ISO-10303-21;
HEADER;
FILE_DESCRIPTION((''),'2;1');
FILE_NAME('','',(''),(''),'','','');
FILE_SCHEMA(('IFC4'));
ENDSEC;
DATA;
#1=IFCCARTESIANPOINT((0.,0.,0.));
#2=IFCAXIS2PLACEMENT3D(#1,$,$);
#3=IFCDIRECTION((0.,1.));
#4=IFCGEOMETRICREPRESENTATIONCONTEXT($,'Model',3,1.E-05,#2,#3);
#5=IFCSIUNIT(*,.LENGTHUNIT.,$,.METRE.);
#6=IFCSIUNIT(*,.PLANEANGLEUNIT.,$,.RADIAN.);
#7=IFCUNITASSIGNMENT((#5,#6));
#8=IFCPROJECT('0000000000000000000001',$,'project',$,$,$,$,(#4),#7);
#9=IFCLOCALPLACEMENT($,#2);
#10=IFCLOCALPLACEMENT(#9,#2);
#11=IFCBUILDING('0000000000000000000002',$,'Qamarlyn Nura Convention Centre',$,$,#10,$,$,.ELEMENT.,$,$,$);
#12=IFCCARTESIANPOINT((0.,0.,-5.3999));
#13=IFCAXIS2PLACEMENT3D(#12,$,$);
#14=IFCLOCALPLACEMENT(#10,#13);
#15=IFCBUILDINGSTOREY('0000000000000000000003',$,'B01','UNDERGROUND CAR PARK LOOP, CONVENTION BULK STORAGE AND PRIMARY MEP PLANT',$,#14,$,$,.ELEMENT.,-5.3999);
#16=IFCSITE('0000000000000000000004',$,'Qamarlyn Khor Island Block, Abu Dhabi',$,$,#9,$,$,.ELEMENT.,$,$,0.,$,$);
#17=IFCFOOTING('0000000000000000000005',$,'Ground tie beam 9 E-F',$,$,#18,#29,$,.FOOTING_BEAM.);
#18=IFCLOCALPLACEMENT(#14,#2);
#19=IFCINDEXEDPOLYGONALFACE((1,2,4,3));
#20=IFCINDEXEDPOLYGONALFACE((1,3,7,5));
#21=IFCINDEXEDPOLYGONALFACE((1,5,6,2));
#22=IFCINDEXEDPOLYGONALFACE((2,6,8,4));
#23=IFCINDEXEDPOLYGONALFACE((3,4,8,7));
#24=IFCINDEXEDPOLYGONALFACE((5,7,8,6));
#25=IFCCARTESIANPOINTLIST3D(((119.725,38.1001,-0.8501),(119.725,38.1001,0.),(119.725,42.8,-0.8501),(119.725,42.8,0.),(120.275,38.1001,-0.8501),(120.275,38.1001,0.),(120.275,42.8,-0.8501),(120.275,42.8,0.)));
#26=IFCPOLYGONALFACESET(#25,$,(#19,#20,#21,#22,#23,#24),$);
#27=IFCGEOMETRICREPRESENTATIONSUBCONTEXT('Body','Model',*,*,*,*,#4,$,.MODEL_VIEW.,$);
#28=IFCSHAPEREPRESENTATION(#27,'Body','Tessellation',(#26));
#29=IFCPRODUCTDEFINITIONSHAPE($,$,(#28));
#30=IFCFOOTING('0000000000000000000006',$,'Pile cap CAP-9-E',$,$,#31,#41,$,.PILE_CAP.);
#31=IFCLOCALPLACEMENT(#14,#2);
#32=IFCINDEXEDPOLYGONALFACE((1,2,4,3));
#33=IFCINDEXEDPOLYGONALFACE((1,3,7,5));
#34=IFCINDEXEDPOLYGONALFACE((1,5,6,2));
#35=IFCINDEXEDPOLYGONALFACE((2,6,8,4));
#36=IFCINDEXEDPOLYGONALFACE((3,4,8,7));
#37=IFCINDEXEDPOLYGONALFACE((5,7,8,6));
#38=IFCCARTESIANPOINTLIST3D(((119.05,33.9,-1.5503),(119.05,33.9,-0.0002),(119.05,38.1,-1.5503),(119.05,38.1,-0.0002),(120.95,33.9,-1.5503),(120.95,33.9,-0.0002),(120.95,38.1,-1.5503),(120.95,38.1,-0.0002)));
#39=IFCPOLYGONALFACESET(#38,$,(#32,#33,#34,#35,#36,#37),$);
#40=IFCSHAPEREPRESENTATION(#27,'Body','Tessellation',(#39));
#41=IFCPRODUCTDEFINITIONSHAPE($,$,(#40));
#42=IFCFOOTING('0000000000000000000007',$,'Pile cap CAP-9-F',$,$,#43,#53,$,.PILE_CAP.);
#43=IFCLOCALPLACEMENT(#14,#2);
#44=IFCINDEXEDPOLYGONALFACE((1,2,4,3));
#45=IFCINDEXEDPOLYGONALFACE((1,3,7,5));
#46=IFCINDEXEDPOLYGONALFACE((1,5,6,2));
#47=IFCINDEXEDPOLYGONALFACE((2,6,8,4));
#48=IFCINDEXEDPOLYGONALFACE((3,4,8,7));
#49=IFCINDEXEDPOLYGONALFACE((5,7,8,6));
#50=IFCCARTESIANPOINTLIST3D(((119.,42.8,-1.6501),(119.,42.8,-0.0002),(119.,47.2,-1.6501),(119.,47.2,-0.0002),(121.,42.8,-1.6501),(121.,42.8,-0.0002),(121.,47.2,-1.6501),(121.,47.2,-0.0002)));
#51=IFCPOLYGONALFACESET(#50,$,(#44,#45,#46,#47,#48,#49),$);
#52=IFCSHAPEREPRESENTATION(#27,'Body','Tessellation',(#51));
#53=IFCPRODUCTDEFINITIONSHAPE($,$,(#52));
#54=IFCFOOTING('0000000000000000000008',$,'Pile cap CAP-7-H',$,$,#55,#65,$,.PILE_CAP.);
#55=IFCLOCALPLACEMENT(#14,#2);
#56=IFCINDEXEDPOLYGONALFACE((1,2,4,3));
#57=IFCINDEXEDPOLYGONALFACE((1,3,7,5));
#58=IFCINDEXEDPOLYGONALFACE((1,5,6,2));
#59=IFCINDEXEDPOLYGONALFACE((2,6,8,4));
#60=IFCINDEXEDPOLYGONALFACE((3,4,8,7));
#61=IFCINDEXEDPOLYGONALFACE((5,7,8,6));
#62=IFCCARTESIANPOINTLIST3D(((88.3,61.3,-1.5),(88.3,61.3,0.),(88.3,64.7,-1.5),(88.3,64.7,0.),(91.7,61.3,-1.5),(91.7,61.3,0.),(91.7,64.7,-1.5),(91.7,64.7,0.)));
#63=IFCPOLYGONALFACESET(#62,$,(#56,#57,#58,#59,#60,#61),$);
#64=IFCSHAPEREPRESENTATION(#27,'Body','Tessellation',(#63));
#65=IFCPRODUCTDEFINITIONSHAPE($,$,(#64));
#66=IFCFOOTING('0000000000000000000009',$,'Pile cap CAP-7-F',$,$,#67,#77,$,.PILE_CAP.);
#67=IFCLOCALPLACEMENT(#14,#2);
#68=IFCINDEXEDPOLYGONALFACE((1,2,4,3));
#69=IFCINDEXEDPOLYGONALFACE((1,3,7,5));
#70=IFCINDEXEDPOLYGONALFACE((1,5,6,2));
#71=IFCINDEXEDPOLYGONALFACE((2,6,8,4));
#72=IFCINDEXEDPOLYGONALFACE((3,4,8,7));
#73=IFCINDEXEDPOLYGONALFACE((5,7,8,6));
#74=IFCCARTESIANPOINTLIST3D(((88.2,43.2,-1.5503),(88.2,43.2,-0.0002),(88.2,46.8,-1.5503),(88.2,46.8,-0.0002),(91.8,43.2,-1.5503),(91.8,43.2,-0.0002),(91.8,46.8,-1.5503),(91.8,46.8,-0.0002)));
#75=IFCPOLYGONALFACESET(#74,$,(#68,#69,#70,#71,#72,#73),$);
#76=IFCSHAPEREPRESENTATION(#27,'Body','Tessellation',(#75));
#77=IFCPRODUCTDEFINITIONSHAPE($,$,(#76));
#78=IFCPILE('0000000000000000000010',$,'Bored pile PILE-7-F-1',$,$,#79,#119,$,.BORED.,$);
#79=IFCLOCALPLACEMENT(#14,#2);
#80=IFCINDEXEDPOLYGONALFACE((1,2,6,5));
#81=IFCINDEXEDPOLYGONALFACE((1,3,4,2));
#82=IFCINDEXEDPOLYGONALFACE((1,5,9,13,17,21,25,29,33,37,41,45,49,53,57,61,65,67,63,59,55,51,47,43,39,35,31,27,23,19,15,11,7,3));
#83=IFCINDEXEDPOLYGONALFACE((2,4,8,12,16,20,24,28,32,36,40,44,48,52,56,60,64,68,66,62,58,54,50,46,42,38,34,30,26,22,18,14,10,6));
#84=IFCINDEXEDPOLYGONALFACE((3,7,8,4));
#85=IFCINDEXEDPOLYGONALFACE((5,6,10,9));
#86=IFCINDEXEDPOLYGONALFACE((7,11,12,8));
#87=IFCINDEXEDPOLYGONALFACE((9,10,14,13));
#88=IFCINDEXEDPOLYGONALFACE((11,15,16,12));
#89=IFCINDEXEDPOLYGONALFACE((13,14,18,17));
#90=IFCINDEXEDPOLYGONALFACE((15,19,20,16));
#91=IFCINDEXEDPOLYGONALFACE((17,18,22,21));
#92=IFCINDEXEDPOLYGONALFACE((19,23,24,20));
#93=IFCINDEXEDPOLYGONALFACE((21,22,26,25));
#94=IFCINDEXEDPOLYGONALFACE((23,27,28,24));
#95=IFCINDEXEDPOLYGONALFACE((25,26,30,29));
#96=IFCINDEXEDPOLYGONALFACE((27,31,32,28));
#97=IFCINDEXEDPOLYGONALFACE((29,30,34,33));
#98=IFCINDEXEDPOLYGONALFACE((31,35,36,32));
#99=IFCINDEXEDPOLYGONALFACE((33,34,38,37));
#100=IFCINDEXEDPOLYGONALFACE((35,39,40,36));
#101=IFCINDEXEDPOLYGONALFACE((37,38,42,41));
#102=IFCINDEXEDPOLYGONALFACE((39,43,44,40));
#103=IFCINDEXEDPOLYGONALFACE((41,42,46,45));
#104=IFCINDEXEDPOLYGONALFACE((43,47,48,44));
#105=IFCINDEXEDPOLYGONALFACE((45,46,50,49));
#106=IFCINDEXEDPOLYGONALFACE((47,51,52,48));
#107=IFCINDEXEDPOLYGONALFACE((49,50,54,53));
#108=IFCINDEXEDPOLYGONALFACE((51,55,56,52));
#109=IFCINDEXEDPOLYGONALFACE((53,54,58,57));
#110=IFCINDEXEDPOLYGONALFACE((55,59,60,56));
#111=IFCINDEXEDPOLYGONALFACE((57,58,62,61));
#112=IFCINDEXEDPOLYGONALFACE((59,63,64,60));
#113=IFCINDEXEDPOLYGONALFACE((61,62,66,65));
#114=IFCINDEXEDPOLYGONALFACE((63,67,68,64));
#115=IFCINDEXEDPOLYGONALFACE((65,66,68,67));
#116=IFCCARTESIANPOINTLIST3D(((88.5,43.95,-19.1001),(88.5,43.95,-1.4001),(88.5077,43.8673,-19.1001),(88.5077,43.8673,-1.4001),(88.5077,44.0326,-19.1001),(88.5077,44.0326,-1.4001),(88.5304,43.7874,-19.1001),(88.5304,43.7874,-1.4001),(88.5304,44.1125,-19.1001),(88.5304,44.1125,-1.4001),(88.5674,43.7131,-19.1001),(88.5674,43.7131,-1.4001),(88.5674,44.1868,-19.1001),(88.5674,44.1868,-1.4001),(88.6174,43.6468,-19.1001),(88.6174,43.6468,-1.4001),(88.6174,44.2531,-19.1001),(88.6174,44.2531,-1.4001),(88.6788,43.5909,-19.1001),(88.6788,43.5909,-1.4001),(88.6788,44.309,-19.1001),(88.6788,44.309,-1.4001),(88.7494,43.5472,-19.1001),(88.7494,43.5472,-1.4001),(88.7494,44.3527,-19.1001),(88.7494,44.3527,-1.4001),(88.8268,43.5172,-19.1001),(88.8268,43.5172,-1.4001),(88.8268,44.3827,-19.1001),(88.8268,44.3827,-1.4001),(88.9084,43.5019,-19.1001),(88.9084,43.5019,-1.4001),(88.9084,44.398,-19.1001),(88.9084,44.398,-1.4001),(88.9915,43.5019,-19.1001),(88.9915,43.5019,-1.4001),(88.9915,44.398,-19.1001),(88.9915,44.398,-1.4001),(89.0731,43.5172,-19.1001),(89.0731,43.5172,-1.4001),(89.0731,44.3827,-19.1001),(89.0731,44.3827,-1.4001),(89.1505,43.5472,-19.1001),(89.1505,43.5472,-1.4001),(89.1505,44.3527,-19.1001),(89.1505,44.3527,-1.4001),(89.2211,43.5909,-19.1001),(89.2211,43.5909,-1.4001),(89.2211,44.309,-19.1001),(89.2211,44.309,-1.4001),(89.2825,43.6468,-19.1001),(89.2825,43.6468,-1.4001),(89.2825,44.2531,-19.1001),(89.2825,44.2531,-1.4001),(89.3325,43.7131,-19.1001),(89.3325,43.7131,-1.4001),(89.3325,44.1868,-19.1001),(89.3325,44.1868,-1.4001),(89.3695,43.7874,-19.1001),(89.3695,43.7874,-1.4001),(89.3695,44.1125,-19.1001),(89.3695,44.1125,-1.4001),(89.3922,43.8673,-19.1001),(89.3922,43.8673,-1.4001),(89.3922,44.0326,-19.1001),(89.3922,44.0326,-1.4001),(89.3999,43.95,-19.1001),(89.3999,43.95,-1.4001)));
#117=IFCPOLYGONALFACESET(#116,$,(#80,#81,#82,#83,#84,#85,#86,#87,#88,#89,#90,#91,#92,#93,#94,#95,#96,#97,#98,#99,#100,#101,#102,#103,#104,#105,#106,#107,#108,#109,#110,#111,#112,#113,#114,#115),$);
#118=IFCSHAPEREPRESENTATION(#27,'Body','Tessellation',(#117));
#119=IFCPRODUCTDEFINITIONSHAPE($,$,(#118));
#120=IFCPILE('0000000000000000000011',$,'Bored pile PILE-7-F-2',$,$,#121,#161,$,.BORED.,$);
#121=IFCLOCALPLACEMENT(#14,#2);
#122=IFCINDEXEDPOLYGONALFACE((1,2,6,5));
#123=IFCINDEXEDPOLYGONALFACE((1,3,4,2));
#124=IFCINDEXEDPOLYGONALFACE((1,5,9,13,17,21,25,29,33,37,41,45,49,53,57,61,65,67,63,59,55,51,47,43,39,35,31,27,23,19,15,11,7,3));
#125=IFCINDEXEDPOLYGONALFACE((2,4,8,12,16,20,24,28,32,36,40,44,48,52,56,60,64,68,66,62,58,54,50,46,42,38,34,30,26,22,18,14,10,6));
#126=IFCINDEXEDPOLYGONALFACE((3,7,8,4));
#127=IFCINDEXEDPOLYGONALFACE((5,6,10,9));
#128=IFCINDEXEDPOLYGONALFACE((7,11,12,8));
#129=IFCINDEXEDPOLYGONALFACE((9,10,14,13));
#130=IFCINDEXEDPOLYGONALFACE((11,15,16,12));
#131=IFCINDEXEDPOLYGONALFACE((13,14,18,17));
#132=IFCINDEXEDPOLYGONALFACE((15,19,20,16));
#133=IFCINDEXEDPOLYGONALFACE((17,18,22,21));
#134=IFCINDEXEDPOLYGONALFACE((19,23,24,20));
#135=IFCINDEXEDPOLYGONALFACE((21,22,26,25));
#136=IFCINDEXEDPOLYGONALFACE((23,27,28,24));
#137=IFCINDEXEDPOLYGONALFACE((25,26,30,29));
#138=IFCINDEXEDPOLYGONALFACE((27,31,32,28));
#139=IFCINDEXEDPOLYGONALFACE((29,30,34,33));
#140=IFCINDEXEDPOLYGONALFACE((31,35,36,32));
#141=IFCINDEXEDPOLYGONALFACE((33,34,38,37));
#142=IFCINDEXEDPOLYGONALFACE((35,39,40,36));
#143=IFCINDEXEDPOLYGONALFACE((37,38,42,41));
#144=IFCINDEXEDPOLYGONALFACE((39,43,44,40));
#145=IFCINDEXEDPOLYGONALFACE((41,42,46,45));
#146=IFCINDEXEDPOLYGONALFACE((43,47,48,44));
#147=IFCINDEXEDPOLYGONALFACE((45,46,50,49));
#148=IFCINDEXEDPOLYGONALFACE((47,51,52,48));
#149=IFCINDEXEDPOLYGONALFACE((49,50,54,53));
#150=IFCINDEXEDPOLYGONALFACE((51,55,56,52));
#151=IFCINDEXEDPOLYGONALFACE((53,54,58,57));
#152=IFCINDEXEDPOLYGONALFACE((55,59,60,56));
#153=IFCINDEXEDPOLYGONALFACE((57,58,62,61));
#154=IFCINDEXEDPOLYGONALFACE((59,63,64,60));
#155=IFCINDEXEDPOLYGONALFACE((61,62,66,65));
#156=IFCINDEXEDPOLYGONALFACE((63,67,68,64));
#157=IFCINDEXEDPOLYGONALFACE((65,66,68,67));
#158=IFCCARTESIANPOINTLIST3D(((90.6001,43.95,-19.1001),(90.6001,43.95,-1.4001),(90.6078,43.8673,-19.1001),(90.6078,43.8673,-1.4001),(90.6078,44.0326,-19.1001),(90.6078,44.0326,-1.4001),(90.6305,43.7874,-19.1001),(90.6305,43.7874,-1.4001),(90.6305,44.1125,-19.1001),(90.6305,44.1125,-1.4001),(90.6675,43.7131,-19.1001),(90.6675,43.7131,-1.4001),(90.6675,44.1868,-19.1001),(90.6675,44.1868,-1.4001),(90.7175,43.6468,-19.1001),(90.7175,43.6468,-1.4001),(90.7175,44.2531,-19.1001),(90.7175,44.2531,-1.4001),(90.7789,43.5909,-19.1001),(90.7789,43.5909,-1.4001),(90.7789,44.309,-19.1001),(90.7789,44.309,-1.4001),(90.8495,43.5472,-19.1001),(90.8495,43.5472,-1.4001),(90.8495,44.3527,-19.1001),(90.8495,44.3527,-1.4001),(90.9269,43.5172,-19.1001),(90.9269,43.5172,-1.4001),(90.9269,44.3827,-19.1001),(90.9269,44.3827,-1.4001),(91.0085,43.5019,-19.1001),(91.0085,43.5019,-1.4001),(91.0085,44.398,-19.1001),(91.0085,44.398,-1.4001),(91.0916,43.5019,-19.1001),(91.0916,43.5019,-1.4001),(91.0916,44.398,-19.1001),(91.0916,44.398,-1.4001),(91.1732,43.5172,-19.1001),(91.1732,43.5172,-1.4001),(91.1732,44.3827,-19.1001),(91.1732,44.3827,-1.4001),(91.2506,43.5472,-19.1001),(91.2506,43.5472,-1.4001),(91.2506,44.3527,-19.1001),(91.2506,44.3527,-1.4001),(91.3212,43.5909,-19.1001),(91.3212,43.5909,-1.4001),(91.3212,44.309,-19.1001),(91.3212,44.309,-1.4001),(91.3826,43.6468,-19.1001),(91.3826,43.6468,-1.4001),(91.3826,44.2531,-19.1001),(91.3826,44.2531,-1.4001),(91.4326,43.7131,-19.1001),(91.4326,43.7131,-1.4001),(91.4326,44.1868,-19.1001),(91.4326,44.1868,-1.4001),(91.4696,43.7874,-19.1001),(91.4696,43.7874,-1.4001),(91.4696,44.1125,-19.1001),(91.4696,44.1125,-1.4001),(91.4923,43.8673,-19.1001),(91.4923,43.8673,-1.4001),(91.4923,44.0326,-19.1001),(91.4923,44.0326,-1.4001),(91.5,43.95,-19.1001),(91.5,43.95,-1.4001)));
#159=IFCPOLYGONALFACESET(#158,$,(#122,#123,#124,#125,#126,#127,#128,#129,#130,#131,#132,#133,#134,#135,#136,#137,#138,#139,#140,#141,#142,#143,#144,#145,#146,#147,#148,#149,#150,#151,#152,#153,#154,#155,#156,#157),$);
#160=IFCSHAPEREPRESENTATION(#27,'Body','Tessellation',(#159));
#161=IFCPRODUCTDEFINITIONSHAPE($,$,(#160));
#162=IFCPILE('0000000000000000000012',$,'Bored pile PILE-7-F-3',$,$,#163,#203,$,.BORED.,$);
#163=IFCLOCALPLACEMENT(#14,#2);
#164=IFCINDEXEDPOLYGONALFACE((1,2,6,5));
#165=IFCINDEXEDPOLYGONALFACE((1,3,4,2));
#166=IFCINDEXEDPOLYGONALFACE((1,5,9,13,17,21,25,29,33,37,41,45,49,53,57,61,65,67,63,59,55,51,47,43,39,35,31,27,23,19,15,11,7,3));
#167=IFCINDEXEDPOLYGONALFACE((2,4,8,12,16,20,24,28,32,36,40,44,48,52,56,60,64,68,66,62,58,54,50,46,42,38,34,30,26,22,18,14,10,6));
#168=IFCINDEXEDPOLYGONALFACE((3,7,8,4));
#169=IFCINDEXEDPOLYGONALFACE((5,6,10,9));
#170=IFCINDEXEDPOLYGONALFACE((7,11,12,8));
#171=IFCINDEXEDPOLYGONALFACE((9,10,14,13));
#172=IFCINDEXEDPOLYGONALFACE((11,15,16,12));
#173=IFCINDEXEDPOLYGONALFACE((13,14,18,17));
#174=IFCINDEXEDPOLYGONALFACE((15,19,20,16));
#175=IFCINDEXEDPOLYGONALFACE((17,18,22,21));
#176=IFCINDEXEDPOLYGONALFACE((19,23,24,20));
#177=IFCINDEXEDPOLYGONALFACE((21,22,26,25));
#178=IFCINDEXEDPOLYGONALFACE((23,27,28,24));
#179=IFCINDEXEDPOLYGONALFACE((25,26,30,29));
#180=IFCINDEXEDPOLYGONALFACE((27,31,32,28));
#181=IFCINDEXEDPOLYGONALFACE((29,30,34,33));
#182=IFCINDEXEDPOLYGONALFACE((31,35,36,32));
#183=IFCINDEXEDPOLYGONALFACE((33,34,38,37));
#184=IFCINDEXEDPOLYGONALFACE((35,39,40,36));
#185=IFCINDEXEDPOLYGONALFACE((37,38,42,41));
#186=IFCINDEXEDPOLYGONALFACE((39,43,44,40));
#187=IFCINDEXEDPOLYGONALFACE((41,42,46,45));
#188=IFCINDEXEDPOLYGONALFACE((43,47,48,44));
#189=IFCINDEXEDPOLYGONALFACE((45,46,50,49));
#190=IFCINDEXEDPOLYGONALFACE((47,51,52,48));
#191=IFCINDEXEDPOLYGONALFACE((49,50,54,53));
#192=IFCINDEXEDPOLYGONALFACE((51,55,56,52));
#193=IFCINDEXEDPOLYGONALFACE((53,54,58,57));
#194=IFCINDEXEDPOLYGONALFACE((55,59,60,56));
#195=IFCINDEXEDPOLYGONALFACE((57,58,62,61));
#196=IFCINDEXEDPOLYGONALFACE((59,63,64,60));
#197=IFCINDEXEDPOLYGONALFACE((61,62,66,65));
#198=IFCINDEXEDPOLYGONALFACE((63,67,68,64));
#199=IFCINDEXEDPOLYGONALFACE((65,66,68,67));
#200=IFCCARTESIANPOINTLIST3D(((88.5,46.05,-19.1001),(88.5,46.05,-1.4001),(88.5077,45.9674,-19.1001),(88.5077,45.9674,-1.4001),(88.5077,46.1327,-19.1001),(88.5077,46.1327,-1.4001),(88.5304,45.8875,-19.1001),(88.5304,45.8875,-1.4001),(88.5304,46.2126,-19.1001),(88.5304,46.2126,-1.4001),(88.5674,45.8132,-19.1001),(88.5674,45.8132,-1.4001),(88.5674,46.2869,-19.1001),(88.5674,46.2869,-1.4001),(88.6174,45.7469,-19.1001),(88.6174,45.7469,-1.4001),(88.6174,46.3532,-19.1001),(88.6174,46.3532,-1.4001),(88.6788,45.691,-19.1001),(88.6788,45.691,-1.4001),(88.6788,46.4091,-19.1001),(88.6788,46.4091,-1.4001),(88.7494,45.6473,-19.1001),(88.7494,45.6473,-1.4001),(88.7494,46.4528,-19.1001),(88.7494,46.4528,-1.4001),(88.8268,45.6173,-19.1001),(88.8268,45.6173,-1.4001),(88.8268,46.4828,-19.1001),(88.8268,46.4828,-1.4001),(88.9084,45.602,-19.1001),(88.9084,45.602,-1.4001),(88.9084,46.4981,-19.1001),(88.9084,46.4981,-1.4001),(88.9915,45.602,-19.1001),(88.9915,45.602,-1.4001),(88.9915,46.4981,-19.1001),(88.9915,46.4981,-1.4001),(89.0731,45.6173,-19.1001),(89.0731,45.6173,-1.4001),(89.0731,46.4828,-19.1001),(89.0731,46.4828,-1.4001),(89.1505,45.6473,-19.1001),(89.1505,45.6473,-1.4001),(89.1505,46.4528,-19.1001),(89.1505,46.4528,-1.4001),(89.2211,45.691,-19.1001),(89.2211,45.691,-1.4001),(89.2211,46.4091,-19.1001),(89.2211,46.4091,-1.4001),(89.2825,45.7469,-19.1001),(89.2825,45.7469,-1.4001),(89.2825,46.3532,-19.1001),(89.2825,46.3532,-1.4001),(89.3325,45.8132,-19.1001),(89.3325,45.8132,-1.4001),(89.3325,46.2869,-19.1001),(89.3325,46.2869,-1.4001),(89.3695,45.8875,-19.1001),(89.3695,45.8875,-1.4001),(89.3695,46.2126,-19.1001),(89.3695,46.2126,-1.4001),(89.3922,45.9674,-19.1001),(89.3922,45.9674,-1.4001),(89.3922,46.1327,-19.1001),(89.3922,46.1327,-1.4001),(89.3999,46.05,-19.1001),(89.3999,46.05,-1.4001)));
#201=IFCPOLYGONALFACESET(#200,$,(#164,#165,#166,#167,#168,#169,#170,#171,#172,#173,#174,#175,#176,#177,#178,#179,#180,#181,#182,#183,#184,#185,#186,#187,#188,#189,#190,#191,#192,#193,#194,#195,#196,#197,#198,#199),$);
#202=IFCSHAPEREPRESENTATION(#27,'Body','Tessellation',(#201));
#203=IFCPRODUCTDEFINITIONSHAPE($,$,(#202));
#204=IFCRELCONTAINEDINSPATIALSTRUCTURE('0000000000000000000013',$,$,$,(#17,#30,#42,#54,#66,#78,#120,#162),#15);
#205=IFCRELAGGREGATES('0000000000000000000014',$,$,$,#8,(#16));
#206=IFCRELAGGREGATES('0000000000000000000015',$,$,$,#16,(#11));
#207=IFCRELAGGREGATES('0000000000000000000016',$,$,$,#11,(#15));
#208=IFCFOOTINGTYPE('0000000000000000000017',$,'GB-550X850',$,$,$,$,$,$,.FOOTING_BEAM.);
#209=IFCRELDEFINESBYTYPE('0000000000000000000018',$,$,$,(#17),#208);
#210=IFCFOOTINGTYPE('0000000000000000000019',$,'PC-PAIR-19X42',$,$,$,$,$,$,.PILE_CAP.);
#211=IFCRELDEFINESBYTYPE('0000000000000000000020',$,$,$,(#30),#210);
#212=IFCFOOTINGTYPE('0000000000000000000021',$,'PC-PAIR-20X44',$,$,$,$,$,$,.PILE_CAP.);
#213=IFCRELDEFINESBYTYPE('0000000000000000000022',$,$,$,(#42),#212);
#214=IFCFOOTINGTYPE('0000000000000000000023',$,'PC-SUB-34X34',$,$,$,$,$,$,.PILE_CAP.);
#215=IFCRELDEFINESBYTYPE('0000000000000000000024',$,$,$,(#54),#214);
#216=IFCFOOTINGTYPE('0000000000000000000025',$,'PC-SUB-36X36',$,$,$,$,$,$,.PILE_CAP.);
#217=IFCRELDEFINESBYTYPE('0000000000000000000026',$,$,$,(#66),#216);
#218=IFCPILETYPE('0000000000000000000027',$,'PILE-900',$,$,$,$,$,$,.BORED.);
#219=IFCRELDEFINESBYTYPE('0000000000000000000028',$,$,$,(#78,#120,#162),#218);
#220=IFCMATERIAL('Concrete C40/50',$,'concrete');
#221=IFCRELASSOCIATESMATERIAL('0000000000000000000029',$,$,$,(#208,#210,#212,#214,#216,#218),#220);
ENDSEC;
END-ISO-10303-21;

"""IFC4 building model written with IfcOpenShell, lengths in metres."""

from ifc_helpers import new_model, si_unit, direction, frame, origin, origin_2d, place, context, subcontext, project, spatial, rectangle, circle, extrude, material, material_profile, profile_set, type_object, element, save


model = new_model("IFC4")

# Units and contexts
model_context = context("Model", 3, precision=1e-05, world=origin(), true_north=direction((0.0, 1.0)))
body_context = subcontext(model_context, "Body", "Model", "MODEL_VIEW")
ifc_project = project(units=[si_unit("LENGTHUNIT", "METRE"), si_unit("PLANEANGLEUNIT", "RADIAN")], contexts=[model_context])

# Site, building, storey
site_placement = place(None, origin())
site = spatial("IfcSite", under=ifc_project, at=site_placement, Name="Qamarlyn Khor Island Block, Abu Dhabi", CompositionType="ELEMENT", RefElevation=0.0)
building_placement = place(site_placement, origin())
building = spatial("IfcBuilding", under=site, at=building_placement, Name="Qamarlyn Nura Convention Centre", CompositionType="ELEMENT")
storey_placement = place(building_placement, frame((0.0, 0.0, -5.3999)))
storey = spatial("IfcBuildingStorey", under=building, at=storey_placement, Name="B01", Description="UNDERGROUND CAR PARK LOOP, CONVENTION BULK STORAGE AND PRIMARY MEP PLANT", CompositionType="ELEMENT", Elevation=-5.3999)

# Footings
ifc_material_1 = material(Name="Concrete C40/50", Category="concrete")
ifc_material_profile_1 = material_profile(ifc_material_1, rectangle(XDim=0.55, YDim=0.8501, at=origin_2d()), Name="RC GB 550x850")
ifc_profile_set_1 = profile_set([ifc_material_profile_1], Name="Concrete C40/50")
footing_type_1 = type_object("IfcFootingType", Name="GB-550X850", PredefinedType="FOOTING_BEAM", material=ifc_profile_set_1)
footing_1_placement = place(storey_placement, frame((120.0, 38.1001, -0.425), z_axis=(0.0, 1.0, 0.0), x_axis=(-1.0, 0.0, 0.0)))
element("IfcFooting", 1, at=footing_1_placement, inside=storey, type_object=footing_type_1, Name="Ground tie beam 9 E-F", PredefinedType="FOOTING_BEAM", context=body_context, shape_type="SweptSolid", body=[
    extrude(rectangle(XDim=0.55, YDim=0.8501, at=origin_2d()), origin(), (0.0, 0.0, 1.0), 4.7),
])
footing_type_2 = type_object("IfcFootingType", Name="PC-PAIR-19X42", PredefinedType="PILE_CAP", material=ifc_material_1)
footing_2_placement = place(storey_placement, frame((120.0, 36.0, -1.5503), z_axis=(0.0, 0.0, 1.0), x_axis=(1.0, 0.0, 0.0)))
element("IfcFooting", 2, at=footing_2_placement, inside=storey, type_object=footing_type_2, Name="Pile cap CAP-9-E", PredefinedType="PILE_CAP", context=body_context, shape_type="SweptSolid", body=[
    extrude(rectangle(XDim=1.8999, YDim=4.2, at=origin_2d()), origin(), (0.0, 0.0, 1.0), 1.55),
])
footing_type_3 = type_object("IfcFootingType", Name="PC-PAIR-20X44", PredefinedType="PILE_CAP", material=ifc_material_1)
footing_3_placement = place(storey_placement, frame((120.0, 45.0, -1.6501), z_axis=(0.0, 0.0, 1.0), x_axis=(1.0, 0.0, 0.0)))
element("IfcFooting", 3, at=footing_3_placement, inside=storey, type_object=footing_type_3, Name="Pile cap CAP-9-F", PredefinedType="PILE_CAP", context=body_context, shape_type="SweptSolid", body=[
    extrude(rectangle(XDim=2.0, YDim=4.3999, at=origin_2d()), origin(), (0.0, 0.0, 1.0), 1.6499),
])
footing_type_4 = type_object("IfcFootingType", Name="PC-SUB-34X34", PredefinedType="PILE_CAP", material=ifc_material_1)
footing_4_placement = place(storey_placement, frame((90.0, 63.0, -1.5), z_axis=(0.0, 0.0, 1.0), x_axis=(1.0, 0.0, 0.0)))
element("IfcFooting", 4, at=footing_4_placement, inside=storey, type_object=footing_type_4, Name="Pile cap CAP-7-H", PredefinedType="PILE_CAP", context=body_context, shape_type="SweptSolid", body=[
    extrude(rectangle(XDim=3.3999, YDim=3.3999, at=origin_2d()), origin(), (0.0, 0.0, 1.0), 1.5),
])
footing_type_5 = type_object("IfcFootingType", Name="PC-SUB-36X36", PredefinedType="PILE_CAP", material=ifc_material_1)
footing_5_placement = place(storey_placement, frame((90.0, 45.0, -1.5503), z_axis=(0.0, 0.0, 1.0), x_axis=(1.0, 0.0, 0.0)))
element("IfcFooting", 5, at=footing_5_placement, inside=storey, type_object=footing_type_5, Name="Pile cap CAP-7-F", PredefinedType="PILE_CAP", context=body_context, shape_type="SweptSolid", body=[
    extrude(rectangle(XDim=3.6001, YDim=3.6001, at=origin_2d()), origin(), (0.0, 0.0, 1.0), 1.55),
])

# Piles
ifc_material_profile_2 = material_profile(ifc_material_1, circle(Radius=0.45, at=origin_2d()), Name="BORED PILE 900")
ifc_profile_set_2 = profile_set([ifc_material_profile_2], Name="Concrete C40/50")
pile_type = type_object("IfcPileType", Name="PILE-900", PredefinedType="BORED", material=ifc_profile_set_2)
for number, where, z_axis, x_axis, name in (
    (6, (88.95, 43.95, -1.4001), (0.0, 0.0, -1.0), (1.0, 0.0, 0.0), "Bored pile PILE-7-F-1"),
    (7, (91.05, 43.95, -1.4001), (0.0, 0.0, -1.0), (1.0, 0.0, 0.0), "Bored pile PILE-7-F-2"),
    (8, (88.95, 46.05, -1.4001), (0.0, 0.0, -1.0), (1.0, 0.0, 0.0), "Bored pile PILE-7-F-3"),
):
    element("IfcPile", number, at=place(storey_placement, frame(where, z_axis=z_axis, x_axis=x_axis)), inside=storey, type_object=pile_type, Name=name, PredefinedType="BORED", context=body_context, shape_type="SweptSolid", body=[
        extrude(circle(Radius=0.45, at=origin_2d()), origin(), (0.0, 0.0, 1.0), 17.7),
    ])

save(model, "model.ifc")
